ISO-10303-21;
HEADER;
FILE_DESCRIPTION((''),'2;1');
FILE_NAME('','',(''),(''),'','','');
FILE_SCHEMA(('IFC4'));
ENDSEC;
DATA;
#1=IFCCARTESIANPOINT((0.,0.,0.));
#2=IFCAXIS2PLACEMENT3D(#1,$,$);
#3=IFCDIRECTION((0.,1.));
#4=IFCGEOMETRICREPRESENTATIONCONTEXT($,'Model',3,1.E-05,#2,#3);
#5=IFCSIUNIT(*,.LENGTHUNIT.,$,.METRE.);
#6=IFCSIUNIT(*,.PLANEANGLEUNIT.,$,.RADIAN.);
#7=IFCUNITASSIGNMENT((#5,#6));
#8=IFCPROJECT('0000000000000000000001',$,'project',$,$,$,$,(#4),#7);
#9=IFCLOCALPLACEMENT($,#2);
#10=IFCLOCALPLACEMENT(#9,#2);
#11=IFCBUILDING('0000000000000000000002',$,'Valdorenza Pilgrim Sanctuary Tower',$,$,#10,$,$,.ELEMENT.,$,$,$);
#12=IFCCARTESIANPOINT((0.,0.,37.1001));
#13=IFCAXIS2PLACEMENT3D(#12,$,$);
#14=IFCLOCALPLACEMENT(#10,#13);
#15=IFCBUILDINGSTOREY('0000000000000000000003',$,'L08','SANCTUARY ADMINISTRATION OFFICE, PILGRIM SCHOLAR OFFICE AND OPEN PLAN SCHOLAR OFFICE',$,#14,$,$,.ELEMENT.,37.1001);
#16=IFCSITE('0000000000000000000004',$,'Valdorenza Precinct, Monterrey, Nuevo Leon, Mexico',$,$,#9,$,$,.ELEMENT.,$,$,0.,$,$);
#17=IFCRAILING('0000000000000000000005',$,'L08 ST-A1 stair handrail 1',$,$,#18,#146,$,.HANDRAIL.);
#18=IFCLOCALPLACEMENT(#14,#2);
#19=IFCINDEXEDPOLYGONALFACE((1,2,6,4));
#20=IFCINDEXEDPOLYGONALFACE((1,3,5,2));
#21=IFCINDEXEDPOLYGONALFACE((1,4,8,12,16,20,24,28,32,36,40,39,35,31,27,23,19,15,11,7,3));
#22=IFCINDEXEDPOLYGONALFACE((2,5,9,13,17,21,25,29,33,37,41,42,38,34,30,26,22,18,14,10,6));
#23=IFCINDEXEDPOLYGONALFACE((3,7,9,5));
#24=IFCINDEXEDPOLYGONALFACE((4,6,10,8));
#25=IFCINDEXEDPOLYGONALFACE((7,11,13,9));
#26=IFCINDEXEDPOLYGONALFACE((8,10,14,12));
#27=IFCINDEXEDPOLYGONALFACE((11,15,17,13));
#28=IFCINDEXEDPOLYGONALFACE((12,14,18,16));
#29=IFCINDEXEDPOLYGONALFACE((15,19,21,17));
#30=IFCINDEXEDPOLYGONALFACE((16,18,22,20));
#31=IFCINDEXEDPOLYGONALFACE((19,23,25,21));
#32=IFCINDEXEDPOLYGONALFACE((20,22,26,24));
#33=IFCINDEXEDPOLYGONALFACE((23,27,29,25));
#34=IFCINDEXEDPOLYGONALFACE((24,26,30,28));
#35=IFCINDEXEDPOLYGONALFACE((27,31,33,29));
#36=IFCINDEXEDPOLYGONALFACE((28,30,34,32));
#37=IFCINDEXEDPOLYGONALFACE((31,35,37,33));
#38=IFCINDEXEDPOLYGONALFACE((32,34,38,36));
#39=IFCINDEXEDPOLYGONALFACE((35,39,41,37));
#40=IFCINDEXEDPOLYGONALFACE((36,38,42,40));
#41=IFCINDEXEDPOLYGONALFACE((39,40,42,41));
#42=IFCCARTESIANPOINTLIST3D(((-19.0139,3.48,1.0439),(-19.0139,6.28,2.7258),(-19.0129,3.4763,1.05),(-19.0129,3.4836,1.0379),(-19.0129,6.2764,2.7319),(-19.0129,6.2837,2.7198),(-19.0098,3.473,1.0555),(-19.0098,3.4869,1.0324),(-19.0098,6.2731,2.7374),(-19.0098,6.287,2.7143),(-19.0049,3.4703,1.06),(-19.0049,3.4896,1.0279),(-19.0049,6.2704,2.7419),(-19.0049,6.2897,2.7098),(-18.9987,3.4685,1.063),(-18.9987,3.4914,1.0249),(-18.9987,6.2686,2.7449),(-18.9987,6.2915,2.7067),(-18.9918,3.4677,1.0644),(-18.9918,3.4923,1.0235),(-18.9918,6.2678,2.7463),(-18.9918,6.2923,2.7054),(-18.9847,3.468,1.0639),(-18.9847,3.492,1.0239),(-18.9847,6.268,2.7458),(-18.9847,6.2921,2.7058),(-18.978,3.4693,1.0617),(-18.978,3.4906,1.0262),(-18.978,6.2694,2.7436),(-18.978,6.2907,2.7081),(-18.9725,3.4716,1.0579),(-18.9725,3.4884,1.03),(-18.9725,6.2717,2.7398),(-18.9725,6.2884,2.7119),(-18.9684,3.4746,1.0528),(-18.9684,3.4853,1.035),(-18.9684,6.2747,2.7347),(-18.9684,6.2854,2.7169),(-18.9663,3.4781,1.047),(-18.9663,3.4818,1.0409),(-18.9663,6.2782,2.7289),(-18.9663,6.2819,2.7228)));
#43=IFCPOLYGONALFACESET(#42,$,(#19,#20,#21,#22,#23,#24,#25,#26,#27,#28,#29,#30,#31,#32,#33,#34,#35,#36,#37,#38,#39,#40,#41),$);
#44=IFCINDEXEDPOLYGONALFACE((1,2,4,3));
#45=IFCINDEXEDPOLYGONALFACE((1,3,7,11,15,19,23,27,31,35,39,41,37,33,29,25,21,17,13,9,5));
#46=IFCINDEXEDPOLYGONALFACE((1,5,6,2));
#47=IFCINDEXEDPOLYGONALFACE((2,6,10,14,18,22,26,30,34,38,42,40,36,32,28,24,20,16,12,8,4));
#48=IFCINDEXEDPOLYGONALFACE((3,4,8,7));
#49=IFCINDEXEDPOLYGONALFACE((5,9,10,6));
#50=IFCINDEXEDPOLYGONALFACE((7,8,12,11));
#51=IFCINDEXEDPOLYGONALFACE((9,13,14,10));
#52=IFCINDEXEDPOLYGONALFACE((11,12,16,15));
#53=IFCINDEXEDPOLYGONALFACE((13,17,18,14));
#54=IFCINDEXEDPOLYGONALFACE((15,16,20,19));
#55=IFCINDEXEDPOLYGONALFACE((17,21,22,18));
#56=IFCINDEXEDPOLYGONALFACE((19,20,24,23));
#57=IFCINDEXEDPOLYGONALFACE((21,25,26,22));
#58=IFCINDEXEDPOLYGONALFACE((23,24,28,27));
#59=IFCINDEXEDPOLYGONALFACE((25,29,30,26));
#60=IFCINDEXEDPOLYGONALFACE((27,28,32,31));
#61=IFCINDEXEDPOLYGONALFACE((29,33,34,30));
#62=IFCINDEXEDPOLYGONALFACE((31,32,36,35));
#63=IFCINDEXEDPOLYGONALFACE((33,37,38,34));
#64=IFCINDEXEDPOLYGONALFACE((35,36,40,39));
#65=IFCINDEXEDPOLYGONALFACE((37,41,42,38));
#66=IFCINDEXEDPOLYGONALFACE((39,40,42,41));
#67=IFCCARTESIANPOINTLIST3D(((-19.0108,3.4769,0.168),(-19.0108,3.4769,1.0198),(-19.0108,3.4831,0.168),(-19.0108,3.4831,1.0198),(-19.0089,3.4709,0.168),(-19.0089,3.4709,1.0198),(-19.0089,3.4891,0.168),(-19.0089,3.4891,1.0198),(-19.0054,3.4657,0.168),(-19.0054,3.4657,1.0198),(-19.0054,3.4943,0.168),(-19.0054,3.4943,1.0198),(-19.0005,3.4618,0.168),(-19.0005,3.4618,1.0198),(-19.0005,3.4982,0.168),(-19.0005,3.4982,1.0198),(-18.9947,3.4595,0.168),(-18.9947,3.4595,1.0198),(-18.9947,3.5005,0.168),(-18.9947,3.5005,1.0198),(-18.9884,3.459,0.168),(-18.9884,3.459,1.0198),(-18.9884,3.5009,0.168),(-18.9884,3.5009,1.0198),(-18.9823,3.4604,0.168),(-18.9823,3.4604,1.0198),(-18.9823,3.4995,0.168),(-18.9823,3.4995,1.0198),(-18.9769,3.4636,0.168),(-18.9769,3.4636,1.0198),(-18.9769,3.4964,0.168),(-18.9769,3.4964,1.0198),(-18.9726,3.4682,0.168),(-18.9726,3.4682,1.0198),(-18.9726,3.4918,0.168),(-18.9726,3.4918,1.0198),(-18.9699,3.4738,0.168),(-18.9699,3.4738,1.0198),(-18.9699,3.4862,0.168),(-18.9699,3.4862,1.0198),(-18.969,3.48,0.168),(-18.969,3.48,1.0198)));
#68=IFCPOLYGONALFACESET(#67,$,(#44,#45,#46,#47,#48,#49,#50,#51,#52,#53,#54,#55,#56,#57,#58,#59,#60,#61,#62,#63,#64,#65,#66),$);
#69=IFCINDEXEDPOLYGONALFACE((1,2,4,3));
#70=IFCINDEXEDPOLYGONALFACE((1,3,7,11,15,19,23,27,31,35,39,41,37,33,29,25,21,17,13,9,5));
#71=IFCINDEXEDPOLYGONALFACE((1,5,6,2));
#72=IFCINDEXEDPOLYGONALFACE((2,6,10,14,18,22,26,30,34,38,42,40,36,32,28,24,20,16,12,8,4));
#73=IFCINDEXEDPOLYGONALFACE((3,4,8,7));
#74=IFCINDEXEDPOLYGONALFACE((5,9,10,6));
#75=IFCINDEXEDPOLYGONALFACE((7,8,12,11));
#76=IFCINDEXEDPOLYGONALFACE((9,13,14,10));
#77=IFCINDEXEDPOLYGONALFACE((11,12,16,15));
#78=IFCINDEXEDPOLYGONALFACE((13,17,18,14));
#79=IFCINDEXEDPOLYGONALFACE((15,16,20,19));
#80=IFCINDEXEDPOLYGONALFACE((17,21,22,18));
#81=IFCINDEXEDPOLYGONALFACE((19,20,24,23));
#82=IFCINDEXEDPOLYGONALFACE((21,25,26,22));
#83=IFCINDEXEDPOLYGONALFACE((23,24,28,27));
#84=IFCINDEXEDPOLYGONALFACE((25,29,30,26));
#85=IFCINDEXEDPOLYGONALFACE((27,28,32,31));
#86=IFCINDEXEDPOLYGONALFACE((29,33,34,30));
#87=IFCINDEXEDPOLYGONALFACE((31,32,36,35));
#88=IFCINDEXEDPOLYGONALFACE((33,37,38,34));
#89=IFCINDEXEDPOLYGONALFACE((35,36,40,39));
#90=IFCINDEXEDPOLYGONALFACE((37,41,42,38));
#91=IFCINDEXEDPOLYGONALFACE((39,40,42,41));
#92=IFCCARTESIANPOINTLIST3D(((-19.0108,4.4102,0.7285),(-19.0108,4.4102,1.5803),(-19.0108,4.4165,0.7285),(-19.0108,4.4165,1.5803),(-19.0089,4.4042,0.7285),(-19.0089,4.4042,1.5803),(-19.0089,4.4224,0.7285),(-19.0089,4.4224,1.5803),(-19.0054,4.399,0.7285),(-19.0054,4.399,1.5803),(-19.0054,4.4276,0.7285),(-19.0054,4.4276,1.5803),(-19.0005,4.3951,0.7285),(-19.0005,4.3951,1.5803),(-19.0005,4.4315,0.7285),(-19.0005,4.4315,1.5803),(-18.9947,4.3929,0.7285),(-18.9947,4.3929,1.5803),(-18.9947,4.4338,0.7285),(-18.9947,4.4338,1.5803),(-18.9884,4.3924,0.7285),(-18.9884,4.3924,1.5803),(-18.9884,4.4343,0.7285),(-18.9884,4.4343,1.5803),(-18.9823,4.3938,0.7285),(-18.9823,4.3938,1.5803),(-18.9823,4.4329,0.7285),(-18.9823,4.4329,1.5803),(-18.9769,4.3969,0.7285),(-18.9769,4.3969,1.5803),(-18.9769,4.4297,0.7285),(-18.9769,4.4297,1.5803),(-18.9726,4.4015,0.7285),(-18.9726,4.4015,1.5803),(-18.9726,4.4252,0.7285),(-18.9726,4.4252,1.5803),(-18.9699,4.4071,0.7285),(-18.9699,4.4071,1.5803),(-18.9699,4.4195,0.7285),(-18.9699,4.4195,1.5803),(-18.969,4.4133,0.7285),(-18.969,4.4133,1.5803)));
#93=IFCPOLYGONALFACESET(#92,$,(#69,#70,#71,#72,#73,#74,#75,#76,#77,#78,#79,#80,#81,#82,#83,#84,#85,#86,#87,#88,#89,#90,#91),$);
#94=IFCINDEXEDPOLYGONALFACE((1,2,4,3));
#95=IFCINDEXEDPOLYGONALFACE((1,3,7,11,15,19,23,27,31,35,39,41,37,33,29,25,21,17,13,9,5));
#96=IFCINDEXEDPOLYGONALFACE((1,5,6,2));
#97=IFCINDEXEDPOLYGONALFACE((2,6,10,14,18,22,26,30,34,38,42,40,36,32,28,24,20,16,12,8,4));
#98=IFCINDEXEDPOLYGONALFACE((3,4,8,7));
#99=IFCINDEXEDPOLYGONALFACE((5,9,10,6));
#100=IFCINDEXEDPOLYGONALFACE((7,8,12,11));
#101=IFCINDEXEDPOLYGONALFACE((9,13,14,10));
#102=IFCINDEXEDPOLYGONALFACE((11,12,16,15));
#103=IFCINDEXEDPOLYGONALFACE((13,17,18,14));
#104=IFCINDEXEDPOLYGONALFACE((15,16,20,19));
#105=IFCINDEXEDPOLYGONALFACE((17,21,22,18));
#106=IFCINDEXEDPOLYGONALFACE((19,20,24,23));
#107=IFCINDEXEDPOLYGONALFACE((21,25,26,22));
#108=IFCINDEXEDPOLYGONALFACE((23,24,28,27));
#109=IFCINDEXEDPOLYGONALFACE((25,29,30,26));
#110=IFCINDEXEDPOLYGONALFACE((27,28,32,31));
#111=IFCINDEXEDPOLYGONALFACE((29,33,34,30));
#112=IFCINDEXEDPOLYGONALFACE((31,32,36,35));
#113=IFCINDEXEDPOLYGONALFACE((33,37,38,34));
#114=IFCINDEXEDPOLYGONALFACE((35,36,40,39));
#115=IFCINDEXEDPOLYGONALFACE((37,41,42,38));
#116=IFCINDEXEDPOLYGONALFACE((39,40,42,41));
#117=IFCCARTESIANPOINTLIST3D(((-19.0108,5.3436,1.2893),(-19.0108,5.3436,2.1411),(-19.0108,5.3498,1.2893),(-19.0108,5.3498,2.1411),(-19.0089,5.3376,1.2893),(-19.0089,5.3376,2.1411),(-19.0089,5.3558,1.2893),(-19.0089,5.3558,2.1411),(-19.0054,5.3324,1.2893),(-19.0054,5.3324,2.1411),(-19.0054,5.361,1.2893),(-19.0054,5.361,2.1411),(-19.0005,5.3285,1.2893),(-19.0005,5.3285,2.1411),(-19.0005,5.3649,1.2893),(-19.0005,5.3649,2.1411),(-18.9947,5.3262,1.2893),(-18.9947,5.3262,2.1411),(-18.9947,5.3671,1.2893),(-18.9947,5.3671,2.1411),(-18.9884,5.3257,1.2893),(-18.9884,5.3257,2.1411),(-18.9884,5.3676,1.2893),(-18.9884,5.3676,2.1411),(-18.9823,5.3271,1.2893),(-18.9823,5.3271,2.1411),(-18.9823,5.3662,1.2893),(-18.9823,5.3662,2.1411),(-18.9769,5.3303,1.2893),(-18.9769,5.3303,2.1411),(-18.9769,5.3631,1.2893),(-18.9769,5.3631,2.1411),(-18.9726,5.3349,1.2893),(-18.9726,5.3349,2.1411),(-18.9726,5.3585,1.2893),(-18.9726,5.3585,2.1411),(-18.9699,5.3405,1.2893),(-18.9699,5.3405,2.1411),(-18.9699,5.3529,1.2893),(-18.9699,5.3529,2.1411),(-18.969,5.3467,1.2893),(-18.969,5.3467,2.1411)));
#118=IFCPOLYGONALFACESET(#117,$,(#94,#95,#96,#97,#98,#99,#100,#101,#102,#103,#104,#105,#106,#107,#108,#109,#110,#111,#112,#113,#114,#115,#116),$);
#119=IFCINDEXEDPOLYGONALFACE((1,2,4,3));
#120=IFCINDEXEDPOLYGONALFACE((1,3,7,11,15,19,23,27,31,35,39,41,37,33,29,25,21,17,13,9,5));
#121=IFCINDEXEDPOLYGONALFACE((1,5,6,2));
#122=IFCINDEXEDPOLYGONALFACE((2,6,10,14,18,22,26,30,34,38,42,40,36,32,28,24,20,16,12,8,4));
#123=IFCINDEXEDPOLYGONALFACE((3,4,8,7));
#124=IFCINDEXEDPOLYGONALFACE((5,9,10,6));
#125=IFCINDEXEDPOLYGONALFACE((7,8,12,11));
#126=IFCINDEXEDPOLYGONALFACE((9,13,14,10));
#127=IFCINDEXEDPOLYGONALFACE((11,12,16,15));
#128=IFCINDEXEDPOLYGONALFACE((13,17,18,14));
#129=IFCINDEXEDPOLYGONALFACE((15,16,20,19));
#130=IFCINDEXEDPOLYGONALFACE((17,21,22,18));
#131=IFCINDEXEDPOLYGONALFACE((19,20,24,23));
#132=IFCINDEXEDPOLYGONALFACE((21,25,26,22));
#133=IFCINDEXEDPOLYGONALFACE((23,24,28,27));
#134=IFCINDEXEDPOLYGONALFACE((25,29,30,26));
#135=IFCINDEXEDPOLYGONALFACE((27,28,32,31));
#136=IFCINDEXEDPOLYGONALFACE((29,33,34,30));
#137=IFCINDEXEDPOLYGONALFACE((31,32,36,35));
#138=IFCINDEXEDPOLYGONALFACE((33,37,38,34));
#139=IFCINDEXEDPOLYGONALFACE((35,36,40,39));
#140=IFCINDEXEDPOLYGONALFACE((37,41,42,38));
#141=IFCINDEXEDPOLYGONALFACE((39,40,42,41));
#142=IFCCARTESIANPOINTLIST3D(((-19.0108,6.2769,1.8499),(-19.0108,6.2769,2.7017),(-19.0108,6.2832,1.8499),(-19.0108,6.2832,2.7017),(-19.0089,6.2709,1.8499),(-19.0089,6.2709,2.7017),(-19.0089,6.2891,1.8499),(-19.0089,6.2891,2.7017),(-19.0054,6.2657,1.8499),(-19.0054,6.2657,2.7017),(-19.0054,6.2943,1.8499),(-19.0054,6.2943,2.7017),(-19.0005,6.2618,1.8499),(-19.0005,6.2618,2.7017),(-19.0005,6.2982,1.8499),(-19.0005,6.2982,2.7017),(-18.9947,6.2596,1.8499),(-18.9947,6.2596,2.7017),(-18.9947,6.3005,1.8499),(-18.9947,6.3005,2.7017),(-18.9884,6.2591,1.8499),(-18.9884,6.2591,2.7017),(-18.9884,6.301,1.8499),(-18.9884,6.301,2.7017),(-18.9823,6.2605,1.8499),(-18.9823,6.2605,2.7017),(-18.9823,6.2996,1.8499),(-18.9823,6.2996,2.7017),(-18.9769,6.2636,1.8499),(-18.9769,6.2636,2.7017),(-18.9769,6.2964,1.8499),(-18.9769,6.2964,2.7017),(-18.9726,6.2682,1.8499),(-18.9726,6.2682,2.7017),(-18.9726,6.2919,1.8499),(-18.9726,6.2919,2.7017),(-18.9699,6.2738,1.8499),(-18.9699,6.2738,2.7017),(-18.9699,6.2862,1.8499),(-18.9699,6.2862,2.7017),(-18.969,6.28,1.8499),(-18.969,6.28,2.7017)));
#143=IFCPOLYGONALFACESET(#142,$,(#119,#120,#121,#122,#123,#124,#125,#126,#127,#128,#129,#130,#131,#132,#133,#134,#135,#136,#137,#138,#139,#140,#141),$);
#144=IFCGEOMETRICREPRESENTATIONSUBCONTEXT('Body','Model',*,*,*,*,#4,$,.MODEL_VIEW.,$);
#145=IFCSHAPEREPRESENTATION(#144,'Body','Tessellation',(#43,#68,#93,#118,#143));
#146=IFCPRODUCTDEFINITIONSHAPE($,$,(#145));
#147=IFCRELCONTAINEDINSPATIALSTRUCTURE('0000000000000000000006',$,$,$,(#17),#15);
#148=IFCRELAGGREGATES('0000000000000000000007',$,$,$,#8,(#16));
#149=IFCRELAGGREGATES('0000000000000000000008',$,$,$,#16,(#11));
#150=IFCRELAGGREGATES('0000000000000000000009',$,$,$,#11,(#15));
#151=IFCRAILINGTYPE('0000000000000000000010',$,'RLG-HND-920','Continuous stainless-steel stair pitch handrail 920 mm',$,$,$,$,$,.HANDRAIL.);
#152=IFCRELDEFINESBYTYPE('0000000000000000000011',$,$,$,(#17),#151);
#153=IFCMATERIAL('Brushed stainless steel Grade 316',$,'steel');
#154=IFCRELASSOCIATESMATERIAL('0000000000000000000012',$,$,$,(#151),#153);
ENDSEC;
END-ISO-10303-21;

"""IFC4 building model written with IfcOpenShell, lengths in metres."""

from ifc_helpers import new_model, si_unit, direction, frame, origin, origin_2d, place, context, subcontext, project, spatial, circle, extrude, material, type_object, element, save


model = new_model("IFC4")

# Units and contexts
model_context = context("Model", 3, precision=1e-05, world=origin(), true_north=direction((0.0, 1.0)))
body_context = subcontext(model_context, "Body", "Model", "MODEL_VIEW")
ifc_project = project(units=[si_unit("LENGTHUNIT", "METRE"), si_unit("PLANEANGLEUNIT", "RADIAN")], contexts=[model_context])

# Site, building, storey
site_placement = place(None, origin())
site = spatial("IfcSite", under=ifc_project, at=site_placement, Name="Valdorenza Precinct, Monterrey, Nuevo Leon, Mexico", CompositionType="ELEMENT", RefElevation=0.0)
building_placement = place(site_placement, origin())
building = spatial("IfcBuilding", under=site, at=building_placement, Name="Valdorenza Pilgrim Sanctuary Tower", CompositionType="ELEMENT")
storey_placement = place(building_placement, frame((0.0, 0.0, 37.1001)))
storey = spatial("IfcBuildingStorey", under=building, at=storey_placement, Name="L08", Description="SANCTUARY ADMINISTRATION OFFICE, PILGRIM SCHOLAR OFFICE AND OPEN PLAN SCHOLAR OFFICE", CompositionType="ELEMENT", Elevation=37.1001)

# Shared definitions
ifc_material_1 = material(Name="Brushed stainless steel Grade 316", Category="steel")

# Railing
railing_type_1 = type_object("IfcRailingType", Name="RLG-HND-920", Description="Continuous stainless-steel stair pitch handrail 920 mm", PredefinedType="HANDRAIL", material=ifc_material_1)
railing_1_placement = place(storey_placement, frame((-18.99, 3.48, 0.168)))
element("IfcRailing", 1, at=railing_1_placement, inside=storey, type_object=railing_type_1, Name="L08 ST-A1 stair handrail 1", PredefinedType="HANDRAIL", context=body_context, shape_type="SweptSolid", body=[
    extrude(circle(Radius=0.0239, at=origin_2d()), frame((0.0, 0.0, 0.876), z_axis=(0.0, 0.857242, 0.514913), x_axis=(-1.0, 0.0, 0.0)), (0.0, 0.0, 1.0), 3.2664),
    extrude(circle(Radius=0.021, at=origin_2d()), origin(), (0.0, 0.0, 1.0), 0.8518),
    extrude(circle(Radius=0.021, at=origin_2d()), frame((0.0, 0.9333, 0.5605)), (0.0, 0.0, 1.0), 0.8518),
    extrude(circle(Radius=0.021, at=origin_2d()), frame((0.0, 1.8667, 1.1213)), (0.0, 0.0, 1.0), 0.8518),
    extrude(circle(Radius=0.021, at=origin_2d()), frame((0.0, 2.8, 1.6819)), (0.0, 0.0, 1.0), 0.8518),
])

save(model, "model.ifc")
